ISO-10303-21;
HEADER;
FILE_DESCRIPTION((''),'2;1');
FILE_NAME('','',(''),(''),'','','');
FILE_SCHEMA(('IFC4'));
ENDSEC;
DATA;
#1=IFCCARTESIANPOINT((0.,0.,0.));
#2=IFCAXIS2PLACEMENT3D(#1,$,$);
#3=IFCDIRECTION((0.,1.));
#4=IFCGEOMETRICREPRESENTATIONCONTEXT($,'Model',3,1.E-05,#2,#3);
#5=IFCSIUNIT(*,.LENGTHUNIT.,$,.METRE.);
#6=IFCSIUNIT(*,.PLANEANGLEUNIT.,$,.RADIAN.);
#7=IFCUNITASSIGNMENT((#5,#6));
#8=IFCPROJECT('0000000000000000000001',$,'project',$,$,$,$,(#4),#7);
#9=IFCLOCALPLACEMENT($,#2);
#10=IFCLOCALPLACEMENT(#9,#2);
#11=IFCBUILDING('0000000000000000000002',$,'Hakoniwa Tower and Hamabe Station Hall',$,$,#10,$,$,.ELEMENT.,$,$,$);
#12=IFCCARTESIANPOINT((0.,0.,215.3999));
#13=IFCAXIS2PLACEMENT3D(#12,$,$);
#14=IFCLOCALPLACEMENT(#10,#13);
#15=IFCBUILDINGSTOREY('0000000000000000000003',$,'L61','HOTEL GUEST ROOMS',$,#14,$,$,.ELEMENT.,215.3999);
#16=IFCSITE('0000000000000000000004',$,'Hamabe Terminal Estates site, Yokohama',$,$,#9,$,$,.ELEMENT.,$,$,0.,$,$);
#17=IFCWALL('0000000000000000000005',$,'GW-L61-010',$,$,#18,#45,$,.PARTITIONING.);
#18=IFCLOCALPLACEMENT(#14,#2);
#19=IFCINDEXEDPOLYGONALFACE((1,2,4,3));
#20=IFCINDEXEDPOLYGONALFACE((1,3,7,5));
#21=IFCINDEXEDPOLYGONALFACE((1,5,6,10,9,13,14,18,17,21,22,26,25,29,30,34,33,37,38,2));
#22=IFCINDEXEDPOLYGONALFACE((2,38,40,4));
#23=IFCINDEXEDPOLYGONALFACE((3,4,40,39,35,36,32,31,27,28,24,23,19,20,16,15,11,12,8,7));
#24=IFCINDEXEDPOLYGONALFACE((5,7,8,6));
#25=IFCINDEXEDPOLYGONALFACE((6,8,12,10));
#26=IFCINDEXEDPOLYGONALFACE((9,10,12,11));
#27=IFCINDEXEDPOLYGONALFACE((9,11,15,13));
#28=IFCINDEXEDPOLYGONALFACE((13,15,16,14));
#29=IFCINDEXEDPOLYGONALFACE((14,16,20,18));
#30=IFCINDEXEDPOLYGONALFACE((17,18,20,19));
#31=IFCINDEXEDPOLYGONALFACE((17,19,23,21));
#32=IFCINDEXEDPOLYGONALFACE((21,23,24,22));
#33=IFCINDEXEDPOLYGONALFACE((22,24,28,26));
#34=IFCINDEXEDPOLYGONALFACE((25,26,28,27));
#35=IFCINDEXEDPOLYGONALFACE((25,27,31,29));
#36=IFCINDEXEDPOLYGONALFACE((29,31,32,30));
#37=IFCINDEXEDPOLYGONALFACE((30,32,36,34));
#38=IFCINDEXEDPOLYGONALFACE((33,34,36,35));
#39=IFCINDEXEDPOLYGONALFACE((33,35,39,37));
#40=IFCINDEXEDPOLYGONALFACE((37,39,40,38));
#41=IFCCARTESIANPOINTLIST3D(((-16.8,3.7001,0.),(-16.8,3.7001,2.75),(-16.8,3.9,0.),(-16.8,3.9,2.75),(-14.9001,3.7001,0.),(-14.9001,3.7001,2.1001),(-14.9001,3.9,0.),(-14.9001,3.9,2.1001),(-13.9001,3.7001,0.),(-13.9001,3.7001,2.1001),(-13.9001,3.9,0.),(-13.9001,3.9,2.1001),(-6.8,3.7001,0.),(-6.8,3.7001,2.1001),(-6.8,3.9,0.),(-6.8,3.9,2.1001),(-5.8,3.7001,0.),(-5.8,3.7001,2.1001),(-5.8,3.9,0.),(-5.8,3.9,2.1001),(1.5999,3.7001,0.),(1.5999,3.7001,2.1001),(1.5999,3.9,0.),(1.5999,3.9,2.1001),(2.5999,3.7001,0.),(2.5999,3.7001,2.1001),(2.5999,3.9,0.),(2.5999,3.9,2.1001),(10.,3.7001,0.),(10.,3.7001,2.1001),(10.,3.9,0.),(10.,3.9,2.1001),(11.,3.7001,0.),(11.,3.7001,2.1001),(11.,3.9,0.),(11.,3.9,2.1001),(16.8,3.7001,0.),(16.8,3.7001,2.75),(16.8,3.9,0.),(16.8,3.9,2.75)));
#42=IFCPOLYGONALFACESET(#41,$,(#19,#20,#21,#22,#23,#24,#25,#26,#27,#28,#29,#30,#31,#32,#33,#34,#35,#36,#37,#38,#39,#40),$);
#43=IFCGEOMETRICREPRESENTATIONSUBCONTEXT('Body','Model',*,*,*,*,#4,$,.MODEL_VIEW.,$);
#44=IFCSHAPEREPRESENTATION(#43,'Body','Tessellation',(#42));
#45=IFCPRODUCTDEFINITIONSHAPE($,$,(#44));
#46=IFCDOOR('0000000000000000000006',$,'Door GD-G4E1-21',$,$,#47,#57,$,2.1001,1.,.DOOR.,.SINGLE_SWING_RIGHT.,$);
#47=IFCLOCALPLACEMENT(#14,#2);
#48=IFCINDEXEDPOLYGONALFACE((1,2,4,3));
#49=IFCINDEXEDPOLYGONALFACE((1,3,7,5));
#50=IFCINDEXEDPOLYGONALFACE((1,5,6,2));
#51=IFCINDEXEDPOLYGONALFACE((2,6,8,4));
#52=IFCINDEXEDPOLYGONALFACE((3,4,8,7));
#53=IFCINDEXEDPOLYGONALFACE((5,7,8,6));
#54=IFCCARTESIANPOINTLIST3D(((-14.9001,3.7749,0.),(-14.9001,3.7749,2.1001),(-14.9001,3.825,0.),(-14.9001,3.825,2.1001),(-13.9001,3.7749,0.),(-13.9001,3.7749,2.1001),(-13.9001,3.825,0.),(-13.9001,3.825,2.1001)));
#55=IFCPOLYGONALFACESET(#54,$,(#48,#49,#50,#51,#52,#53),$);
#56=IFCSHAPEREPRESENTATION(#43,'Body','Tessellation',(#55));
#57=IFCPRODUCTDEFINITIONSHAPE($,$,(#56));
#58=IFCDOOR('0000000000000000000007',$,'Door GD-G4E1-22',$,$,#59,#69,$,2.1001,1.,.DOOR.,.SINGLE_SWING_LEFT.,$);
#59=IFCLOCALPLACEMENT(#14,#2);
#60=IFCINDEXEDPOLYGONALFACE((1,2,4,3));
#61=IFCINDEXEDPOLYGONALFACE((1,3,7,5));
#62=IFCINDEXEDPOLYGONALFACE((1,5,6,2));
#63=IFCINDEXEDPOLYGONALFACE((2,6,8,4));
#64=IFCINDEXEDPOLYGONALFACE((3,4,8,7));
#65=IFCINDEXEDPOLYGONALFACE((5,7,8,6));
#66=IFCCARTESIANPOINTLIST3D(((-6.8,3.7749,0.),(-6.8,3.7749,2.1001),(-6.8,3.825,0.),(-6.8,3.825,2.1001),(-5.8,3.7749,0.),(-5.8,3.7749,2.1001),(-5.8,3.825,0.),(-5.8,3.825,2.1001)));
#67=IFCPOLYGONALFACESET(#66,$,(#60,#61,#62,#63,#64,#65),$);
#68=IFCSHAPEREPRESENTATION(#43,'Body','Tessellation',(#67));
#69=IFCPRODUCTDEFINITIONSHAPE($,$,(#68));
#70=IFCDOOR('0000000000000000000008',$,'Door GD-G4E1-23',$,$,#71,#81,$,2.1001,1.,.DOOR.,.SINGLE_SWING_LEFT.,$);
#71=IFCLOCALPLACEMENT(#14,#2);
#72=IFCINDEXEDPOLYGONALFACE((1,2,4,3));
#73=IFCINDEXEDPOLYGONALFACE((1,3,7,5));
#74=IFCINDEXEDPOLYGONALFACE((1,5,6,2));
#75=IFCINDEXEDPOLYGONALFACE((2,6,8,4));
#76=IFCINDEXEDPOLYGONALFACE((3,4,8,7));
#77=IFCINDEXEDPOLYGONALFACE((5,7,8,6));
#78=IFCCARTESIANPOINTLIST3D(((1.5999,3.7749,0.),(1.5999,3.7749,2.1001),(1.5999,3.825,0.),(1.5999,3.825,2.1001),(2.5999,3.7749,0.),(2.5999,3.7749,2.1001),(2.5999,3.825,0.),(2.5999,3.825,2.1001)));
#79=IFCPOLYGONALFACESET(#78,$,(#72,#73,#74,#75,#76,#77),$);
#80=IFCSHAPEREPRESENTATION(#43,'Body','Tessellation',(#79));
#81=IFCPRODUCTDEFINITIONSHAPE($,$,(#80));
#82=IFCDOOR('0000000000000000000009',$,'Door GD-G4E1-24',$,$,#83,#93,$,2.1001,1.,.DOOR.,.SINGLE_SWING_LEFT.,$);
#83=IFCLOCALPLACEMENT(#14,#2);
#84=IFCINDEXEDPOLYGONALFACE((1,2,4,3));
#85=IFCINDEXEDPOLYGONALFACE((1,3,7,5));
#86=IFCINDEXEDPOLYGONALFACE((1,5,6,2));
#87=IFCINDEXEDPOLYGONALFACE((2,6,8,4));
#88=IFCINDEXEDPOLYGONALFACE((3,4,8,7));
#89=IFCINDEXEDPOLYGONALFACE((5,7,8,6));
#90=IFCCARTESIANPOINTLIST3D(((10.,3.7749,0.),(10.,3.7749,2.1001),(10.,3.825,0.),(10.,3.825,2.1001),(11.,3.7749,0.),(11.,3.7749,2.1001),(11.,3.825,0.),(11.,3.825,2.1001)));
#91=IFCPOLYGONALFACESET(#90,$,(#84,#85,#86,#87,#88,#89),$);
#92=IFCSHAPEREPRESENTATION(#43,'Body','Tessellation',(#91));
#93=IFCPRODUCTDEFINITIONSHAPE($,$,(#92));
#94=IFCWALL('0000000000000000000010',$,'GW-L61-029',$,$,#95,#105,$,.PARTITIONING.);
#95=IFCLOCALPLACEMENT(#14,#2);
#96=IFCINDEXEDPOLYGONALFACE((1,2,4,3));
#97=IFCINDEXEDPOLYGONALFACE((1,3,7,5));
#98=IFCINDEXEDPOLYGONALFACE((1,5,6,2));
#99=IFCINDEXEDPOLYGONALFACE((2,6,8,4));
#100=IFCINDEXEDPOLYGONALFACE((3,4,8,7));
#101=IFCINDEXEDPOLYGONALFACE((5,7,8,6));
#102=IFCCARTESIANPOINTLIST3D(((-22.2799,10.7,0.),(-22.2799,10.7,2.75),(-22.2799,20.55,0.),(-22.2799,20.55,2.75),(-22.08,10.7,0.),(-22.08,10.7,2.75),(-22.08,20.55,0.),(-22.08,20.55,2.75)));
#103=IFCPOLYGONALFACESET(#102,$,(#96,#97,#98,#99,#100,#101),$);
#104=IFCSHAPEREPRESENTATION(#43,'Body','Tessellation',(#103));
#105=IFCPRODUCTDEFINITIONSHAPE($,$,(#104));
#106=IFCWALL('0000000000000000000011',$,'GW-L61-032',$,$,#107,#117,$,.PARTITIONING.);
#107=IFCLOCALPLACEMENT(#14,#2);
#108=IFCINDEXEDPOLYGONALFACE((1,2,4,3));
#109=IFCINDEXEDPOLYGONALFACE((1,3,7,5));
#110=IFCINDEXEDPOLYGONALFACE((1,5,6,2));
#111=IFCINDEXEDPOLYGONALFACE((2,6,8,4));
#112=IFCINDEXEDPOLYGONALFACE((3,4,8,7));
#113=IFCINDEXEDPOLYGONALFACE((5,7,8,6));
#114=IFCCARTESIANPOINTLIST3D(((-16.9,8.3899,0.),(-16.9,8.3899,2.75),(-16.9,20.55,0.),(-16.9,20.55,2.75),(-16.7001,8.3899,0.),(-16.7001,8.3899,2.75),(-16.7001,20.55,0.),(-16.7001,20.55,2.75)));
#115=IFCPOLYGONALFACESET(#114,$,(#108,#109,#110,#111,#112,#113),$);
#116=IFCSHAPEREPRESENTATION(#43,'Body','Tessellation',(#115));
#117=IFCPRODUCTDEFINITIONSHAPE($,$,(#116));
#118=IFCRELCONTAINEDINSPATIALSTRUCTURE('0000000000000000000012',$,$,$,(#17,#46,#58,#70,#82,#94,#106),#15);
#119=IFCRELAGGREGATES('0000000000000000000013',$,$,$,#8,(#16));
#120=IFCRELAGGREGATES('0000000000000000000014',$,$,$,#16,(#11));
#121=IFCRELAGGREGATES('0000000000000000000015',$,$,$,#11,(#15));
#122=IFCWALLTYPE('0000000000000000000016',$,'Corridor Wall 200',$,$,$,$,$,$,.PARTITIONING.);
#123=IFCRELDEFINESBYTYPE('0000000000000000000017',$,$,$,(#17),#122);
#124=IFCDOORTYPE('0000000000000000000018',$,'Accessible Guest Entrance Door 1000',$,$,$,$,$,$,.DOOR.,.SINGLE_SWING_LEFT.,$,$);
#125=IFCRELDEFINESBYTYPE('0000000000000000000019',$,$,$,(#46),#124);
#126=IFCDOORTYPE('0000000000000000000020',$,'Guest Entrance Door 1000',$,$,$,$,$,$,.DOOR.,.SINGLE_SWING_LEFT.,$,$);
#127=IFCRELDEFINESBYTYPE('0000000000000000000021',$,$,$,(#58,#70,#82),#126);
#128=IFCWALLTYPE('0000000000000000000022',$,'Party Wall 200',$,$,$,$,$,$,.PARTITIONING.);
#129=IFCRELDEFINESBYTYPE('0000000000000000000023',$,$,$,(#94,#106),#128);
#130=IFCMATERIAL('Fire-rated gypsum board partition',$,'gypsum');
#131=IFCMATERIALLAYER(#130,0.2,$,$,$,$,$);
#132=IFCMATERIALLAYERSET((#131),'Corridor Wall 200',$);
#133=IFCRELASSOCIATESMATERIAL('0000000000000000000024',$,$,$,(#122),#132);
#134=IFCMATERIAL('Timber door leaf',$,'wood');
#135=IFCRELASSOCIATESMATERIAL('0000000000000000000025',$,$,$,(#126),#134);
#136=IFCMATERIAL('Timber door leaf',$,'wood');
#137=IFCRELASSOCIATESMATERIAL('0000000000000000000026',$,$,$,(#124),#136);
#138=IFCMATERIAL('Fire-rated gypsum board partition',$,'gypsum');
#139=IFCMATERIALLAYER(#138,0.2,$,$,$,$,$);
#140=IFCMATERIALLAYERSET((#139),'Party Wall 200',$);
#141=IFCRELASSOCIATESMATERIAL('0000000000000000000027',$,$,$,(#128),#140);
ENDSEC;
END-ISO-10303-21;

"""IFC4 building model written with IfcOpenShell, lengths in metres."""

from ifc_helpers import new_model, si_unit, direction, frame, frame_2d, origin, place, context, subcontext, project, spatial, rectangle, extrude, material, layer, layer_set, type_object, element, fill, save


model = new_model("IFC4")

# Units and contexts
model_context = context("Model", 3, precision=1e-05, world=origin(), true_north=direction((0.0, 1.0)))
body_context = subcontext(model_context, "Body", "Model", "MODEL_VIEW")
ifc_project = project(units=[si_unit("LENGTHUNIT", "METRE"), si_unit("PLANEANGLEUNIT", "RADIAN")], contexts=[model_context])

# Site, building, storey
site_placement = place(None, origin())
site = spatial("IfcSite", under=ifc_project, at=site_placement, Name="Hamabe Terminal Estates site, Yokohama", CompositionType="ELEMENT", RefElevation=0.0)
building_placement = place(site_placement, origin())
building = spatial("IfcBuilding", under=site, at=building_placement, Name="Hakoniwa Tower and Hamabe Station Hall", CompositionType="ELEMENT")
storey_placement = place(building_placement, frame((0.0, 0.0, 215.3999)))
storey = spatial("IfcBuildingStorey", under=building, at=storey_placement, Name="L61", Description="HOTEL GUEST ROOMS", CompositionType="ELEMENT", Elevation=215.3999)

# Wall, openings, doors
ifc_material_1 = material(Name="Fire-rated gypsum board partition", Category="gypsum")
ifc_layer_1 = layer(ifc_material_1, 0.2)
ifc_layer_set_1 = layer_set([ifc_layer_1], Name="Corridor Wall 200")
wall_type_1 = type_object("IfcWallType", Name="Corridor Wall 200", PredefinedType="PARTITIONING", material=ifc_layer_set_1)
ifc_material_2 = material(Name="Timber door leaf", Category="wood")
door_type_1 = type_object("IfcDoorType", Name="Guest Entrance Door 1000", OperationType="SINGLE_SWING_LEFT", PredefinedType="DOOR", material=ifc_material_2)
wall_1_placement = place(storey_placement, frame((-16.8, 3.8, 0.0), z_axis=(0.0, 0.0, 1.0), x_axis=(1.0, 0.0, 0.0)))
wall_1 = element("IfcWall", 1, at=wall_1_placement, inside=storey, type_object=wall_type_1, Name="GW-L61-010", PredefinedType="PARTITIONING", context=body_context, shape_type="SweptSolid", body=[
    extrude(rectangle(XDim=33.6001, YDim=0.2, at=frame_2d((16.8, 0.0))), origin(), (0.0, 0.0, 1.0), 2.75),
])
opening_1_placement = place(wall_1_placement, frame((1.8999, 0.0, 0.0)))
opening_1 = element("IfcOpeningElement", 2, at=opening_1_placement, cuts=wall_1, PredefinedType="OPENING", context=body_context, shape_type="SweptSolid", body=[
    extrude(rectangle(XDim=1.0, YDim=2.1001, at=frame_2d((0.5, 1.05))), frame((0.0, 0.1099, 0.0), z_axis=(0.0, -1.0, 0.0), x_axis=(1.0, 0.0, 0.0)), (0.0, 0.0, 1.0), 0.22),
])
opening_2_placement = place(wall_1_placement, frame((10.0, 0.0, 0.0)))
opening_2 = element("IfcOpeningElement", 3, at=opening_2_placement, cuts=wall_1, PredefinedType="OPENING", context=body_context, shape_type="SweptSolid", body=[
    extrude(rectangle(XDim=1.0, YDim=2.1001, at=frame_2d((0.5, 1.05))), frame((0.0, 0.1099, 0.0), z_axis=(0.0, -1.0, 0.0), x_axis=(1.0, 0.0, 0.0)), (0.0, 0.0, 1.0), 0.22),
])
opening_3_placement = place(wall_1_placement, frame((18.3999, 0.0, 0.0)))
opening_3 = element("IfcOpeningElement", 4, at=opening_3_placement, cuts=wall_1, PredefinedType="OPENING", context=body_context, shape_type="SweptSolid", body=[
    extrude(rectangle(XDim=1.0, YDim=2.1001, at=frame_2d((0.5, 1.05))), frame((0.0, 0.1099, 0.0), z_axis=(0.0, -1.0, 0.0), x_axis=(1.0, 0.0, 0.0)), (0.0, 0.0, 1.0), 0.22),
])
opening_4_placement = place(wall_1_placement, frame((26.8, 0.0, 0.0)))
opening_4 = element("IfcOpeningElement", 5, at=opening_4_placement, cuts=wall_1, PredefinedType="OPENING", context=body_context, shape_type="SweptSolid", body=[
    extrude(rectangle(XDim=1.0, YDim=2.1001, at=frame_2d((0.5, 1.05))), frame((0.0, 0.1099, 0.0), z_axis=(0.0, -1.0, 0.0), x_axis=(1.0, 0.0, 0.0)), (0.0, 0.0, 1.0), 0.22),
])
ifc_material_3 = material(Name="Timber door leaf", Category="wood")
door_type_2 = type_object("IfcDoorType", Name="Accessible Guest Entrance Door 1000", OperationType="SINGLE_SWING_LEFT", PredefinedType="DOOR", material=ifc_material_3)
door_1_placement = place(opening_1_placement, origin())
door_1 = element("IfcDoor", 6, at=door_1_placement, inside=storey, type_object=door_type_2, Name="Door GD-G4E1-21", OperationType="SINGLE_SWING_RIGHT", OverallHeight=2.1001, OverallWidth=1.0, PredefinedType="DOOR", context=body_context, shape_type="SweptSolid", body=[
    extrude(rectangle(XDim=1.0, YDim=2.1001, at=frame_2d((0.5, 1.05))), frame((0.0, 0.0249, 0.0), z_axis=(0.0, -1.0, 0.0), x_axis=(1.0, 0.0, 0.0)), (0.0, 0.0, 1.0), 0.05),
])
fill(opening_1, door_1)
door_2_placement = place(opening_2_placement, origin())
door_2 = element("IfcDoor", 7, at=door_2_placement, inside=storey, type_object=door_type_1, Name="Door GD-G4E1-22", OperationType="SINGLE_SWING_LEFT", OverallHeight=2.1001, OverallWidth=1.0, PredefinedType="DOOR", context=body_context, shape_type="SweptSolid", body=[
    extrude(rectangle(XDim=1.0, YDim=2.1001, at=frame_2d((0.5, 1.05))), frame((0.0, 0.0249, 0.0), z_axis=(0.0, -1.0, 0.0), x_axis=(1.0, 0.0, 0.0)), (0.0, 0.0, 1.0), 0.05),
])
fill(opening_2, door_2)
door_3_placement = place(opening_3_placement, origin())
door_3 = element("IfcDoor", 8, at=door_3_placement, inside=storey, type_object=door_type_1, Name="Door GD-G4E1-23", OperationType="SINGLE_SWING_LEFT", OverallHeight=2.1001, OverallWidth=1.0, PredefinedType="DOOR", context=body_context, shape_type="SweptSolid", body=[
    extrude(rectangle(XDim=1.0, YDim=2.1001, at=frame_2d((0.5, 1.05))), frame((0.0, 0.0249, 0.0), z_axis=(0.0, -1.0, 0.0), x_axis=(1.0, 0.0, 0.0)), (0.0, 0.0, 1.0), 0.05),
])
fill(opening_3, door_3)
door_4_placement = place(opening_4_placement, origin())
door_4 = element("IfcDoor", 9, at=door_4_placement, inside=storey, type_object=door_type_1, Name="Door GD-G4E1-24", OperationType="SINGLE_SWING_LEFT", OverallHeight=2.1001, OverallWidth=1.0, PredefinedType="DOOR", context=body_context, shape_type="SweptSolid", body=[
    extrude(rectangle(XDim=1.0, YDim=2.1001, at=frame_2d((0.5, 1.05))), frame((0.0, 0.0249, 0.0), z_axis=(0.0, -1.0, 0.0), x_axis=(1.0, 0.0, 0.0)), (0.0, 0.0, 1.0), 0.05),
])
fill(opening_4, door_4)

# Walls
ifc_material_4 = material(Name="Fire-rated gypsum board partition", Category="gypsum")
ifc_layer_2 = layer(ifc_material_4, 0.2)
ifc_layer_set_2 = layer_set([ifc_layer_2], Name="Party Wall 200")
wall_type_2 = type_object("IfcWallType", Name="Party Wall 200", PredefinedType="PARTITIONING", material=ifc_layer_set_2)
wall_2_placement = place(storey_placement, frame((-22.1799, 10.7, 0.0), z_axis=(0.0, 0.0, 1.0), x_axis=(0.0, 1.0, 0.0)))
element("IfcWall", 10, at=wall_2_placement, inside=storey, type_object=wall_type_2, Name="GW-L61-029", PredefinedType="PARTITIONING", context=body_context, shape_type="SweptSolid", body=[
    extrude(rectangle(XDim=9.8501, YDim=0.2, at=frame_2d((4.925, 0.0))), origin(), (0.0, 0.0, 1.0), 2.75),
])
wall_3_placement = place(storey_placement, frame((-16.8, 8.3899, 0.0), z_axis=(0.0, 0.0, 1.0), x_axis=(0.0, 1.0, 0.0)))
element("IfcWall", 11, at=wall_3_placement, inside=storey, type_object=wall_type_2, Name="GW-L61-032", PredefinedType="PARTITIONING", context=body_context, shape_type="SweptSolid", body=[
    extrude(rectangle(XDim=12.1602, YDim=0.2, at=frame_2d((6.0801, 0.0))), origin(), (0.0, 0.0, 1.0), 2.75),
])

save(model, "model.ifc")
